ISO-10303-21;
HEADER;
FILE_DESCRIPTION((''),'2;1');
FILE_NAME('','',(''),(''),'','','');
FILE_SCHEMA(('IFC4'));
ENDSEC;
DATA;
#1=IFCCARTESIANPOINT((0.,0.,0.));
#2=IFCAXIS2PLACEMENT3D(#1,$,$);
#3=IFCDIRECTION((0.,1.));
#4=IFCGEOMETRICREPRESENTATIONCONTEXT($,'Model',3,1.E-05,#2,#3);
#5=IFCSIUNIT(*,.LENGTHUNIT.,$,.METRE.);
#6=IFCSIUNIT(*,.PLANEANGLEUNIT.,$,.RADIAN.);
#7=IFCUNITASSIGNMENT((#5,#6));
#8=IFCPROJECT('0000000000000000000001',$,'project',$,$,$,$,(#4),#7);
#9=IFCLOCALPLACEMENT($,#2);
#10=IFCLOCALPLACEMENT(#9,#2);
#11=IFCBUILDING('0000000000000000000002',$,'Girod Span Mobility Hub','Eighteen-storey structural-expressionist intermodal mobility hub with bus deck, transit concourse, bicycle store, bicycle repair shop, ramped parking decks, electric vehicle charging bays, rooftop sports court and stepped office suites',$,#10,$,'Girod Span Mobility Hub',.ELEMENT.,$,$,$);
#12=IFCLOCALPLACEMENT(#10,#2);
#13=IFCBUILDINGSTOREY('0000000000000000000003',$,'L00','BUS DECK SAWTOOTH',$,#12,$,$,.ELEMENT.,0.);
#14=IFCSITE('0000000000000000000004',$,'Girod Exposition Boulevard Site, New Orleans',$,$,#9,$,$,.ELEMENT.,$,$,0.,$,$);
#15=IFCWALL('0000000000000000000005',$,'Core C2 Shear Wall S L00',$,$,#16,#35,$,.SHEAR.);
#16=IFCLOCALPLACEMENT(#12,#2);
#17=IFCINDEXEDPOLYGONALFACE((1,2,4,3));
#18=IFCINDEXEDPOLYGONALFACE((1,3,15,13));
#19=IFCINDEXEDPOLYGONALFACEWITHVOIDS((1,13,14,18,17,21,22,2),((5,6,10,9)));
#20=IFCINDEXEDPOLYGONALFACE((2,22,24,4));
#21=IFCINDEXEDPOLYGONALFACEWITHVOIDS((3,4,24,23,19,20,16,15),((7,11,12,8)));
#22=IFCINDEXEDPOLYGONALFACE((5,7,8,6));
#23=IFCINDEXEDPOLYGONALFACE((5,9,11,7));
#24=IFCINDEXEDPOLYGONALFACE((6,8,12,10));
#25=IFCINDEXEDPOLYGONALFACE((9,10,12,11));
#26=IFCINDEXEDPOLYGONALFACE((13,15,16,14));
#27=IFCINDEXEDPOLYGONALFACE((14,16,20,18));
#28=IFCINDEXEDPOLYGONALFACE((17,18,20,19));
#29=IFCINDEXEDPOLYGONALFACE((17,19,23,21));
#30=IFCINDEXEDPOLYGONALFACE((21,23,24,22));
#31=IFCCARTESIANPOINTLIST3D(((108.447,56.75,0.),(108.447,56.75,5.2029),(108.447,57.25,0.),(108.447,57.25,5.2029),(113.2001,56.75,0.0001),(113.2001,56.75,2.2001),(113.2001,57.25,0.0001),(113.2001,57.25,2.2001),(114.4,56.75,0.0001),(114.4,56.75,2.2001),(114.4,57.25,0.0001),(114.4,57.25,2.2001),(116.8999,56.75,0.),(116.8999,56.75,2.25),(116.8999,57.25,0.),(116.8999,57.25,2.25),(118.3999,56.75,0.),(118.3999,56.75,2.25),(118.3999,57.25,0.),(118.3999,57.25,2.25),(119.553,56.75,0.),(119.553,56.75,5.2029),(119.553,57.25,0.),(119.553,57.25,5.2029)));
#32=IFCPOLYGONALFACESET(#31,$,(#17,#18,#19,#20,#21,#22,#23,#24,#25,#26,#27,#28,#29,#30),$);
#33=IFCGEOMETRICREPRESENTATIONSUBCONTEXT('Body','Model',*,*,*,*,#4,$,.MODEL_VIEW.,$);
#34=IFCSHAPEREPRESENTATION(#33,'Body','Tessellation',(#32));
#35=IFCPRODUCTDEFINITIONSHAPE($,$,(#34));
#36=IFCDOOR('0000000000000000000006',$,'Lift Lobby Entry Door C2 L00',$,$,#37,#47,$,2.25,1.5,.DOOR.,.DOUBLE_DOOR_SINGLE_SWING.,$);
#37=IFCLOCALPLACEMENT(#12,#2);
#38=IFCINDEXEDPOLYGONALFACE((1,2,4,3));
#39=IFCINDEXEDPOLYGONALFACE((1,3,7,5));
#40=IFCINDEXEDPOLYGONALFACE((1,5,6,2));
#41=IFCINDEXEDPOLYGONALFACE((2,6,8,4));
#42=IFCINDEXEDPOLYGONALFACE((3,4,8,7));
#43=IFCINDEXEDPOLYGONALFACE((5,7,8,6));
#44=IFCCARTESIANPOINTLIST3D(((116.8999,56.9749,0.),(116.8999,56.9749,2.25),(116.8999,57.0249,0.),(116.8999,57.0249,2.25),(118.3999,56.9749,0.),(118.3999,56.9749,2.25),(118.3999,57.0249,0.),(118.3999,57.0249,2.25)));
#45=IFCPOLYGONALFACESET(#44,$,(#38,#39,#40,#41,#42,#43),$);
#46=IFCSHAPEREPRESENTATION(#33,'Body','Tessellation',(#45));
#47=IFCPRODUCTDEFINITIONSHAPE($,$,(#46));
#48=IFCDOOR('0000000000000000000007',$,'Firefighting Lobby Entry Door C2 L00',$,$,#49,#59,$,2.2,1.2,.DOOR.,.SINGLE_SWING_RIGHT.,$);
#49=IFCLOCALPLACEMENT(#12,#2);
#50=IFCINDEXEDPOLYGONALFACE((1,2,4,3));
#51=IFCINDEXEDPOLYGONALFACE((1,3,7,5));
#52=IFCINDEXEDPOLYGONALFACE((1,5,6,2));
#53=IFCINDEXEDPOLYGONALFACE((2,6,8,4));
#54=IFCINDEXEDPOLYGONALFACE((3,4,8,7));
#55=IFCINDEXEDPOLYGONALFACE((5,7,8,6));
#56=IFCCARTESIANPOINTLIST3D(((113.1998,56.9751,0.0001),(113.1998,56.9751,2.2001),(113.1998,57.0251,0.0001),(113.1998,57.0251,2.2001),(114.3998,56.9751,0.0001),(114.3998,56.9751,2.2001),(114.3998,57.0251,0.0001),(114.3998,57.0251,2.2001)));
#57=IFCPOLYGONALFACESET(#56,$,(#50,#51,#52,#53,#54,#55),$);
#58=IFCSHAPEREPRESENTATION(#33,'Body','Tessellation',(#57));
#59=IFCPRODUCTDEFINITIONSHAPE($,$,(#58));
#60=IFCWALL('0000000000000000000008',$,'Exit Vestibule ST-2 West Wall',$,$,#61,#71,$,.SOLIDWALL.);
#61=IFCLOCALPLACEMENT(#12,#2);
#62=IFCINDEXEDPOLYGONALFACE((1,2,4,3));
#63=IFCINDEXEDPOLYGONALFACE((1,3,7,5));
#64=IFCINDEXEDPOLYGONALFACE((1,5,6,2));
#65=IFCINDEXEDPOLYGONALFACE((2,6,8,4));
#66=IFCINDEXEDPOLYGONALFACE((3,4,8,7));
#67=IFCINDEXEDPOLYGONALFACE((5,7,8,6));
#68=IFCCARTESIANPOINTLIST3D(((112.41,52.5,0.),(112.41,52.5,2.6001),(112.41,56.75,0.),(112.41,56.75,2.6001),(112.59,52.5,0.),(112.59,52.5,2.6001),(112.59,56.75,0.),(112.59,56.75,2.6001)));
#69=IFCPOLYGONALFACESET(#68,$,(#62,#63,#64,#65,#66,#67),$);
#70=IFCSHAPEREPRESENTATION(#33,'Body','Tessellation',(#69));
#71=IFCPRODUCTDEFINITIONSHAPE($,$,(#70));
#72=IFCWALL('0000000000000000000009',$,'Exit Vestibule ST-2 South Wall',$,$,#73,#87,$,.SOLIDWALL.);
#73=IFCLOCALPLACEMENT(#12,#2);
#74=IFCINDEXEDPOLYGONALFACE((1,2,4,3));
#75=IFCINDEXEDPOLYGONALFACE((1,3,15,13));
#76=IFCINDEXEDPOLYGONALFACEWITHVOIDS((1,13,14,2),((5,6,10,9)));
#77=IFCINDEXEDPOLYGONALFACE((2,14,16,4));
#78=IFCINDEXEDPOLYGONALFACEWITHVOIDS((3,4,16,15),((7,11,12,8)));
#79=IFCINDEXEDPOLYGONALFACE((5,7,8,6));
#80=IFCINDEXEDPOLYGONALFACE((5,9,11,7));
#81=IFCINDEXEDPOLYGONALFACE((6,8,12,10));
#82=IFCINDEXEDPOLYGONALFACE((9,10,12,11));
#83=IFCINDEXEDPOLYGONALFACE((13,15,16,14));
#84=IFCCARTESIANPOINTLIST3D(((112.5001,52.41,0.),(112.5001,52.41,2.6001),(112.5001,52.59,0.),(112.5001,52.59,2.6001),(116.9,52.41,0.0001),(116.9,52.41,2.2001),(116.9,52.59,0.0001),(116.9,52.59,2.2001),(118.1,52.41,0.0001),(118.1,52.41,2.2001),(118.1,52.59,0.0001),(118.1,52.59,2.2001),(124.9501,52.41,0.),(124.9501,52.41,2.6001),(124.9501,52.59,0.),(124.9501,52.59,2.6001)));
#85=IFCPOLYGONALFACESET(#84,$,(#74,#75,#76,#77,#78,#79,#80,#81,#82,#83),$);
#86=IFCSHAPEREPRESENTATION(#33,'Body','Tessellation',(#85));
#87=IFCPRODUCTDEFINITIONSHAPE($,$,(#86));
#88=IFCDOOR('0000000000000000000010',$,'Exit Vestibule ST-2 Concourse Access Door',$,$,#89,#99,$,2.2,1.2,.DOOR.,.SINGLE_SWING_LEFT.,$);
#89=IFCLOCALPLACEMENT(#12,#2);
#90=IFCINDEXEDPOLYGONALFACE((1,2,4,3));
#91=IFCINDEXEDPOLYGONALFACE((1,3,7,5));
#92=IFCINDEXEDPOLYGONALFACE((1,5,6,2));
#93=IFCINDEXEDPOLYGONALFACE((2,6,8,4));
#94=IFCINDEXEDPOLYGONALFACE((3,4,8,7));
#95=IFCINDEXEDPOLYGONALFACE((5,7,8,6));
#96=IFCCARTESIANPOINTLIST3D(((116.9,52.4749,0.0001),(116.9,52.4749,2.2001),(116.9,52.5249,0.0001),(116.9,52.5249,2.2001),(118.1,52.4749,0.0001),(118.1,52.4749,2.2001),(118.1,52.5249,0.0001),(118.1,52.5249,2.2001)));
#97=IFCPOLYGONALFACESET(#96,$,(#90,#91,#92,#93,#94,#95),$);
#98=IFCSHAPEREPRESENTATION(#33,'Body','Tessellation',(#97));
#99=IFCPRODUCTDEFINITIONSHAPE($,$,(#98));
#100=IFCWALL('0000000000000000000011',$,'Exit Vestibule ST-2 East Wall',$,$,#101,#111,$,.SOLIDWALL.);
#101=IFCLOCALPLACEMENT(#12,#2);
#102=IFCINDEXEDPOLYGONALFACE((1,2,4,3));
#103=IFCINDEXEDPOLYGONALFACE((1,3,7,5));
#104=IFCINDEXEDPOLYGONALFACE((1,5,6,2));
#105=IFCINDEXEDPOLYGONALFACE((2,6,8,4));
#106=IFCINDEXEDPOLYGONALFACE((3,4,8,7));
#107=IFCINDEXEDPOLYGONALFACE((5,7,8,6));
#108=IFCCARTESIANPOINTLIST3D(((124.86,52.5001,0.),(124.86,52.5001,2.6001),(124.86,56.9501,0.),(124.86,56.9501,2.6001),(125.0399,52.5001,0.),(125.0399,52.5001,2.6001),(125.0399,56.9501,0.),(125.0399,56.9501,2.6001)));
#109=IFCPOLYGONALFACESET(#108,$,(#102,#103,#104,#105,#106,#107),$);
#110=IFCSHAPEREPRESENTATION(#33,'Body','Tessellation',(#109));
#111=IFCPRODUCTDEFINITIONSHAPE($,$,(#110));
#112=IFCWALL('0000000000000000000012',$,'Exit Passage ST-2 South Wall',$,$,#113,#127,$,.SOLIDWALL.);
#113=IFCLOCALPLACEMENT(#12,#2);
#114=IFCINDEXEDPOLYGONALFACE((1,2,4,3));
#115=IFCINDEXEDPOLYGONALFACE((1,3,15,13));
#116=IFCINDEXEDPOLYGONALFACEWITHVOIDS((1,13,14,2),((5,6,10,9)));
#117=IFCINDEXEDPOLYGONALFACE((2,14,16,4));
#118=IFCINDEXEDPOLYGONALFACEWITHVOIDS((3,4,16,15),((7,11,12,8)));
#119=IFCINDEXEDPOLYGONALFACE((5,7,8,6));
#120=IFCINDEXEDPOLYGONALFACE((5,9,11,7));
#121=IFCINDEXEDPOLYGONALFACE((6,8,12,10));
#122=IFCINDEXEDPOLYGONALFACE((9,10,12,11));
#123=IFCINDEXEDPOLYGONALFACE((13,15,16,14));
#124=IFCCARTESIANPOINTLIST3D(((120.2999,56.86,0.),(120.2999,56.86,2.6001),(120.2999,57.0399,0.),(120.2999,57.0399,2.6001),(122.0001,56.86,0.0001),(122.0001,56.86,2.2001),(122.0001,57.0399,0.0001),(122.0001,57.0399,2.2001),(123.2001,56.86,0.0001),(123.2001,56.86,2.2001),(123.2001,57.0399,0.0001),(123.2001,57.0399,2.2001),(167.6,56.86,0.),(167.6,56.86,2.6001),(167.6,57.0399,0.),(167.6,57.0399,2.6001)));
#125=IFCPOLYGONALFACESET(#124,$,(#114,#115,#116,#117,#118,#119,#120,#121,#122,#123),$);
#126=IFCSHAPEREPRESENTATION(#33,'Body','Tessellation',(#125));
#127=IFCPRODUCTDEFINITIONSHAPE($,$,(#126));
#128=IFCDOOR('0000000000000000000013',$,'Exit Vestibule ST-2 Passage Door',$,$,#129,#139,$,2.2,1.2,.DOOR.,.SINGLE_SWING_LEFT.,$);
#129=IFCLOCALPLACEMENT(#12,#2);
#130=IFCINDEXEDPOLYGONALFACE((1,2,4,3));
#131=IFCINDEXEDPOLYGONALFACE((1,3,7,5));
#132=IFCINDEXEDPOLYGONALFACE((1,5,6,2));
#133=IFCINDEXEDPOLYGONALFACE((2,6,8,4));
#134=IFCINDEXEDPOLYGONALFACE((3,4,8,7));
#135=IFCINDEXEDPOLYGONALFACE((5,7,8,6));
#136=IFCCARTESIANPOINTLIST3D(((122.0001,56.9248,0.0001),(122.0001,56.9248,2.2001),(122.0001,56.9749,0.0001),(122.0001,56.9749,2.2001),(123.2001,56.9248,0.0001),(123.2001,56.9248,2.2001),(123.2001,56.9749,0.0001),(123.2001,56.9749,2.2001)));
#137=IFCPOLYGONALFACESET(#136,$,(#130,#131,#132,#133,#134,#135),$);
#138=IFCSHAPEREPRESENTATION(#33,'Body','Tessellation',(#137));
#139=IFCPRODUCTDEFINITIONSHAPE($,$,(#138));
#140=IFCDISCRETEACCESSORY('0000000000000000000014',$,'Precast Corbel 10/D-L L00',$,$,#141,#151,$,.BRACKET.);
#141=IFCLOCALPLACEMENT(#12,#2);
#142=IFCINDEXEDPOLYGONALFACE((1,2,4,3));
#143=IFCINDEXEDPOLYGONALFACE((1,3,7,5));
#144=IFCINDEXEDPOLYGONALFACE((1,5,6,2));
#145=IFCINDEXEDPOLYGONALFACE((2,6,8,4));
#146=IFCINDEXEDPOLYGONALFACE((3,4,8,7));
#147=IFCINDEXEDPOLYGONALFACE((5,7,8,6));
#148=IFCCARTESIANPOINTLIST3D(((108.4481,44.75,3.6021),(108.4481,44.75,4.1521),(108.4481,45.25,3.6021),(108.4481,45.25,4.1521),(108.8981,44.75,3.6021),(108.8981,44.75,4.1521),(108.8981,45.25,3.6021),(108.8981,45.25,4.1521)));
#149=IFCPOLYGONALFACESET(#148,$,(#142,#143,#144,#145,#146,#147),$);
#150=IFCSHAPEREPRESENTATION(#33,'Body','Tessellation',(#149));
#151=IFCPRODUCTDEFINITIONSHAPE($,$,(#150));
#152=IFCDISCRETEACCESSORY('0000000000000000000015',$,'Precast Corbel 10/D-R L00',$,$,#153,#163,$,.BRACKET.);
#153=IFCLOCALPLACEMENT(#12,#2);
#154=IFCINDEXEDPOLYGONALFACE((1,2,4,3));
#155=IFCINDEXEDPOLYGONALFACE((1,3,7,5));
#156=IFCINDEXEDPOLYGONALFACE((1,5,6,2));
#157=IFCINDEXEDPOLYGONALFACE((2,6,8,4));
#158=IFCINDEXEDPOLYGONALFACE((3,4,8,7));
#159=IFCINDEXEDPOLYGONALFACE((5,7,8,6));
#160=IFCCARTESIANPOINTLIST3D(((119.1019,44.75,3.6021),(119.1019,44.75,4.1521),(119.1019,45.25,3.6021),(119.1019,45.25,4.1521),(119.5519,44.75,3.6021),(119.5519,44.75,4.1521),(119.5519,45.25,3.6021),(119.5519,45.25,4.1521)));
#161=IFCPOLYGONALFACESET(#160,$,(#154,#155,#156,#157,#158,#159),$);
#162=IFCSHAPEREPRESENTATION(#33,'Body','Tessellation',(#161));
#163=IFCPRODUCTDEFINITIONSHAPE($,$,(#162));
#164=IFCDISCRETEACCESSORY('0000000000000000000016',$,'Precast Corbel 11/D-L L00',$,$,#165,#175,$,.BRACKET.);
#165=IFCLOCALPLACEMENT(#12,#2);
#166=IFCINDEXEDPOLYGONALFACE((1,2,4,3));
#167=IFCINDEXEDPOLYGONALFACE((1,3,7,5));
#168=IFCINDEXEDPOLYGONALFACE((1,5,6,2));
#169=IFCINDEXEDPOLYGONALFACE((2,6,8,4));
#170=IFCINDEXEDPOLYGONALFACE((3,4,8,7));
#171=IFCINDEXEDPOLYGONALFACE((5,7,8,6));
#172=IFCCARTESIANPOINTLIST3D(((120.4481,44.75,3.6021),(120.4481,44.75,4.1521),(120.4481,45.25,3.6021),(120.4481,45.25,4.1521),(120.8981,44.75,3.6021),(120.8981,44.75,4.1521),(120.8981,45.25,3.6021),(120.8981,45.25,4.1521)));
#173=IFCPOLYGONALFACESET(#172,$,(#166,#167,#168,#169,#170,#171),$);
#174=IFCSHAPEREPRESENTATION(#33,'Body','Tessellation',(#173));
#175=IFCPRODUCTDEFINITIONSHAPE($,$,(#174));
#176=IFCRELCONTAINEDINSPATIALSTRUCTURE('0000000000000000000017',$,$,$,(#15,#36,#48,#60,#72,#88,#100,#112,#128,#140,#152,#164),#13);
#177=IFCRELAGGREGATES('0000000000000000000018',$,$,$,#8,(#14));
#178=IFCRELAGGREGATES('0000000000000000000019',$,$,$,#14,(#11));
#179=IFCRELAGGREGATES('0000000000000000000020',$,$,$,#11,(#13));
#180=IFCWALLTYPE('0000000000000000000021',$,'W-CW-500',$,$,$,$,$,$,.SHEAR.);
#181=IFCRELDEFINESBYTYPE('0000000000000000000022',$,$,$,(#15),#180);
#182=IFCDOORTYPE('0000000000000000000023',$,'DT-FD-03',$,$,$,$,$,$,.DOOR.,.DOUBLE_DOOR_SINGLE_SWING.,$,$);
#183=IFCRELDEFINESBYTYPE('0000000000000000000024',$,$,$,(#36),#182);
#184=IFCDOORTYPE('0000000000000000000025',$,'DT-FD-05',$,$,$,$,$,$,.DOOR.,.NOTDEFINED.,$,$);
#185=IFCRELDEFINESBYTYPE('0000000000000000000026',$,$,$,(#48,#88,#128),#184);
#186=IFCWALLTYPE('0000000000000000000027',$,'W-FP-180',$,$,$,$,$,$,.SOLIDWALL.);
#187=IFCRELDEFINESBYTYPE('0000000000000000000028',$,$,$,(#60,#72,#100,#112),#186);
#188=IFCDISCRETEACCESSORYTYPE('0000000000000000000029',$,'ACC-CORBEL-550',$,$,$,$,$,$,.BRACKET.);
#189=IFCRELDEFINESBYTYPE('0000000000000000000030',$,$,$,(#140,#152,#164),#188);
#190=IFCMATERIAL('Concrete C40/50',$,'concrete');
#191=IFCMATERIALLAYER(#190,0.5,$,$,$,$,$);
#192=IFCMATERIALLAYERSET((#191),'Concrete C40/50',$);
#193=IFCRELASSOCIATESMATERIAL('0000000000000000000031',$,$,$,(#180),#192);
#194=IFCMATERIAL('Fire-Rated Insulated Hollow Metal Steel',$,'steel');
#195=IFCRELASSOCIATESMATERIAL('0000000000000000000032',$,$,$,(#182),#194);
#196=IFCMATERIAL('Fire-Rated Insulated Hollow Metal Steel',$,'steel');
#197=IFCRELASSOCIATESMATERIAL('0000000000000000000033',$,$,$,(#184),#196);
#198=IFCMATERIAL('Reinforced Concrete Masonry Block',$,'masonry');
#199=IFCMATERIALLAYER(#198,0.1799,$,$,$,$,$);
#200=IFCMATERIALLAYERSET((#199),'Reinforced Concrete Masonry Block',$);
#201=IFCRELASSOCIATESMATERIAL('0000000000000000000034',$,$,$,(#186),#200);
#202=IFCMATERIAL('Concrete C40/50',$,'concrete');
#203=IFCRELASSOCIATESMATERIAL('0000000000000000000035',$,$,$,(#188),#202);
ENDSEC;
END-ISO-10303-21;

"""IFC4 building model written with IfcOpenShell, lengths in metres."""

from ifc_helpers import new_model, si_unit, direction, frame, frame_2d, origin, origin_2d, place, context, subcontext, project, spatial, rectangle, extrude, material, layer, layer_set, type_object, element, fill, save


model = new_model("IFC4")

# Units and contexts
model_context = context("Model", 3, precision=1e-05, world=origin(), true_north=direction((0.0, 1.0)))
body_context = subcontext(model_context, "Body", "Model", "MODEL_VIEW")
ifc_project = project(units=[si_unit("LENGTHUNIT", "METRE"), si_unit("PLANEANGLEUNIT", "RADIAN")], contexts=[model_context])

# Site, building, storey
site_placement = place(None, origin())
site = spatial("IfcSite", under=ifc_project, at=site_placement, Name="Girod Exposition Boulevard Site, New Orleans", CompositionType="ELEMENT", RefElevation=0.0)
building_placement = place(site_placement, origin())
building = spatial("IfcBuilding", under=site, at=building_placement, Name="Girod Span Mobility Hub", Description="Eighteen-storey structural-expressionist intermodal mobility hub with bus deck, transit concourse, bicycle store, bicycle repair shop, ramped parking decks, electric vehicle charging bays, rooftop sports court and stepped office suites", LongName="Girod Span Mobility Hub", CompositionType="ELEMENT")
storey_placement = place(building_placement, origin())
storey = spatial("IfcBuildingStorey", under=building, at=storey_placement, Name="L00", Description="BUS DECK SAWTOOTH", CompositionType="ELEMENT", Elevation=0.0)

# Wall, openings, doors
ifc_material_1 = material(Name="Concrete C40/50", Category="concrete")
ifc_layer_1 = layer(ifc_material_1, 0.5)
ifc_layer_set_1 = layer_set([ifc_layer_1], Name="Concrete C40/50")
wall_type_1 = type_object("IfcWallType", Name="W-CW-500", PredefinedType="SHEAR", material=ifc_layer_set_1)
wall_1_placement = place(storey_placement, frame((108.447, 57.0, 0.0), z_axis=(0.0, 0.0, 1.0), x_axis=(1.0, 0.0, 0.0)))
wall_1 = element("IfcWall", 1, at=wall_1_placement, inside=storey, type_object=wall_type_1, Name="Core C2 Shear Wall S L00", PredefinedType="SHEAR", context=body_context, shape_type="SweptSolid", body=[
    extrude(rectangle(XDim=11.106, YDim=0.5, at=frame_2d((5.553, 0.0))), origin(), (0.0, 0.0, 1.0), 5.2029),
])
opening_1_placement = place(wall_1_placement, frame((4.7529, 0.0, 0.0)))
opening_1 = element("IfcOpeningElement", 2, at=opening_1_placement, cuts=wall_1, PredefinedType="OPENING", context=body_context, shape_type="SweptSolid", body=[
    extrude(rectangle(XDim=1.2, YDim=2.2, at=frame_2d((0.6001, 1.1001))), frame((0.0, 0.2649, 0.0), z_axis=(0.0, -1.0, 0.0), x_axis=(1.0, 0.0, 0.0)), (0.0, 0.0, 1.0), 0.53),
])
opening_2_placement = place(wall_1_placement, frame((8.4529, 0.0, 0.0)))
opening_2 = element("IfcOpeningElement", 3, at=opening_2_placement, cuts=wall_1, PredefinedType="OPENING", context=body_context, shape_type="SweptSolid", body=[
    extrude(rectangle(XDim=1.5, YDim=2.25, at=frame_2d((0.75, 1.125))), frame((0.0, 0.2649, 0.0), z_axis=(0.0, -1.0, 0.0), x_axis=(1.0, 0.0, 0.0)), (0.0, 0.0, 1.0), 0.53),
])
ifc_material_2 = material(Name="Fire-Rated Insulated Hollow Metal Steel", Category="steel")
door_type_1 = type_object("IfcDoorType", Name="DT-FD-03", OperationType="DOUBLE_DOOR_SINGLE_SWING", PredefinedType="DOOR", material=ifc_material_2)
door_1_placement = place(opening_2_placement, origin())
door_1 = element("IfcDoor", 4, at=door_1_placement, inside=storey, type_object=door_type_1, Name="Lift Lobby Entry Door C2 L00", OperationType="DOUBLE_DOOR_SINGLE_SWING", OverallHeight=2.25, OverallWidth=1.5, PredefinedType="DOOR", context=body_context, shape_type="SweptSolid", body=[
    extrude(rectangle(XDim=1.5, YDim=2.25, at=frame_2d((0.75, 1.125))), frame((0.0, 0.0249, 0.0), z_axis=(0.0, -1.0, 0.0), x_axis=(1.0, 0.0, 0.0)), (0.0, 0.0, 1.0), 0.05),
])
fill(opening_2, door_1)
ifc_material_3 = material(Name="Fire-Rated Insulated Hollow Metal Steel", Category="steel")
door_type_2 = type_object("IfcDoorType", Name="DT-FD-05", OperationType="NOTDEFINED", PredefinedType="DOOR", material=ifc_material_3)
door_2_placement = place(opening_1_placement, frame((1.2, 0.0, 0.0), z_axis=(0.0, 0.0, 1.0), x_axis=(-1.0, 0.0, 0.0)))
door_2 = element("IfcDoor", 5, at=door_2_placement, inside=storey, type_object=door_type_2, Name="Firefighting Lobby Entry Door C2 L00", OperationType="SINGLE_SWING_RIGHT", OverallHeight=2.2, OverallWidth=1.2, PredefinedType="DOOR", context=body_context, shape_type="SweptSolid", body=[
    extrude(rectangle(XDim=1.2, YDim=2.2, at=frame_2d((0.6001, 1.1001))), frame((0.0, 0.0249, 0.0), z_axis=(0.0, -1.0, 0.0), x_axis=(1.0, 0.0, 0.0)), (0.0, 0.0, 1.0), 0.05),
])
fill(opening_1, door_2)

# Wall
ifc_material_4 = material(Name="Reinforced Concrete Masonry Block", Category="masonry")
ifc_layer_2 = layer(ifc_material_4, 0.1799)
ifc_layer_set_2 = layer_set([ifc_layer_2], Name="Reinforced Concrete Masonry Block")
wall_type_2 = type_object("IfcWallType", Name="W-FP-180", PredefinedType="SOLIDWALL", material=ifc_layer_set_2)
wall_2_placement = place(storey_placement, frame((112.5, 52.5, 0.0), z_axis=(0.0, 0.0, 1.0), x_axis=(0.0, 1.0, 0.0)))
element("IfcWall", 6, at=wall_2_placement, inside=storey, type_object=wall_type_2, Name="Exit Vestibule ST-2 West Wall", PredefinedType="SOLIDWALL", context=body_context, shape_type="SweptSolid", body=[
    extrude(rectangle(XDim=4.25, YDim=0.1799, at=frame_2d((2.125, 0.0))), origin(), (0.0, 0.0, 1.0), 2.6001),
])

# Wall, opening, door
wall_3_placement = place(storey_placement, frame((112.5, 52.5, 0.0), z_axis=(0.0, 0.0, 1.0), x_axis=(1.0, 0.0, 0.0)))
wall_3 = element("IfcWall", 7, at=wall_3_placement, inside=storey, type_object=wall_type_2, Name="Exit Vestibule ST-2 South Wall", PredefinedType="SOLIDWALL", context=body_context, shape_type="SweptSolid", body=[
    extrude(rectangle(XDim=12.45, YDim=0.1799, at=frame_2d((6.2251, 0.0))), origin(), (0.0, 0.0, 1.0), 2.6001),
])
opening_3_placement = place(wall_3_placement, frame((4.3999, 0.0, 0.0)))
opening_3 = element("IfcOpeningElement", 8, at=opening_3_placement, cuts=wall_3, PredefinedType="OPENING", context=body_context, shape_type="SweptSolid", body=[
    extrude(rectangle(XDim=1.2, YDim=2.2, at=frame_2d((0.6001, 1.1001))), frame((0.0, 0.105, 0.0), z_axis=(0.0, -1.0, 0.0), x_axis=(1.0, 0.0, 0.0)), (0.0, 0.0, 1.0), 0.21),
])
door_3_placement = place(opening_3_placement, origin())
door_3 = element("IfcDoor", 9, at=door_3_placement, inside=storey, type_object=door_type_2, Name="Exit Vestibule ST-2 Concourse Access Door", OperationType="SINGLE_SWING_LEFT", OverallHeight=2.2, OverallWidth=1.2, PredefinedType="DOOR", context=body_context, shape_type="SweptSolid", body=[
    extrude(rectangle(XDim=1.2, YDim=2.2, at=frame_2d((0.6001, 1.1001))), frame((0.0, 0.0249, 0.0), z_axis=(0.0, -1.0, 0.0), x_axis=(1.0, 0.0, 0.0)), (0.0, 0.0, 1.0), 0.05),
])
fill(opening_3, door_3)

# Wall
wall_4_placement = place(storey_placement, frame((124.95, 52.5, 0.0), z_axis=(0.0, 0.0, 1.0), x_axis=(0.0, 1.0, 0.0)))
element("IfcWall", 10, at=wall_4_placement, inside=storey, type_object=wall_type_2, Name="Exit Vestibule ST-2 East Wall", PredefinedType="SOLIDWALL", context=body_context, shape_type="SweptSolid", body=[
    extrude(rectangle(XDim=4.45, YDim=0.1799, at=frame_2d((2.2251, 0.0))), origin(), (0.0, 0.0, 1.0), 2.6001),
])

# Wall, opening, door
wall_5_placement = place(storey_placement, frame((120.3, 56.95, 0.0), z_axis=(0.0, 0.0, 1.0), x_axis=(1.0, 0.0, 0.0)))
wall_5 = element("IfcWall", 11, at=wall_5_placement, inside=storey, type_object=wall_type_2, Name="Exit Passage ST-2 South Wall", PredefinedType="SOLIDWALL", context=body_context, shape_type="SweptSolid", body=[
    extrude(rectangle(XDim=47.3, YDim=0.1799, at=frame_2d((23.6499, 0.0))), origin(), (0.0, 0.0, 1.0), 2.6001),
])
opening_4_placement = place(wall_5_placement, frame((1.7, 0.0, 0.0)))
opening_4 = element("IfcOpeningElement", 12, at=opening_4_placement, cuts=wall_5, PredefinedType="OPENING", context=body_context, shape_type="SweptSolid", body=[
    extrude(rectangle(XDim=1.2, YDim=2.2, at=frame_2d((0.6001, 1.1001))), frame((0.0, 0.105, 0.0), z_axis=(0.0, -1.0, 0.0), x_axis=(1.0, 0.0, 0.0)), (0.0, 0.0, 1.0), 0.21),
])
door_4_placement = place(opening_4_placement, origin())
door_4 = element("IfcDoor", 13, at=door_4_placement, inside=storey, type_object=door_type_2, Name="Exit Vestibule ST-2 Passage Door", OperationType="SINGLE_SWING_LEFT", OverallHeight=2.2, OverallWidth=1.2, PredefinedType="DOOR", context=body_context, shape_type="SweptSolid", body=[
    extrude(rectangle(XDim=1.2, YDim=2.2, at=frame_2d((0.6001, 1.1001))), frame((0.0, 0.0249, 0.0), z_axis=(0.0, -1.0, 0.0), x_axis=(1.0, 0.0, 0.0)), (0.0, 0.0, 1.0), 0.05),
])
fill(opening_4, door_4)

# Discrete accessories
ifc_material_5 = material(Name="Concrete C40/50", Category="concrete")
discrete_accessory_type = type_object("IfcDiscreteAccessoryType", Name="ACC-CORBEL-550", PredefinedType="BRACKET", material=ifc_material_5)
for number, where, z_axis, x_axis, name in (
    (14, (108.6731, 45.0, 3.6021), (0.0, 0.0, 1.0), (1.0, 0.0, 0.0), "Precast Corbel 10/D-L L00"),
    (15, (119.3269, 45.0, 3.6021), (0.0, 0.0, 1.0), (1.0, 0.0, 0.0), "Precast Corbel 10/D-R L00"),
    (16, (120.6731, 45.0, 3.6021), (0.0, 0.0, 1.0), (1.0, 0.0, 0.0), "Precast Corbel 11/D-L L00"),
):
    element("IfcDiscreteAccessory", number, at=place(storey_placement, frame(where, z_axis=z_axis, x_axis=x_axis)), inside=storey, type_object=discrete_accessory_type, Name=name, PredefinedType="BRACKET", context=body_context, shape_type="SweptSolid", body=[
        extrude(rectangle(XDim=0.45, YDim=0.5, at=origin_2d()), origin(), (0.0, 0.0, 1.0), 0.55),
    ])

save(model, "model.ifc")
